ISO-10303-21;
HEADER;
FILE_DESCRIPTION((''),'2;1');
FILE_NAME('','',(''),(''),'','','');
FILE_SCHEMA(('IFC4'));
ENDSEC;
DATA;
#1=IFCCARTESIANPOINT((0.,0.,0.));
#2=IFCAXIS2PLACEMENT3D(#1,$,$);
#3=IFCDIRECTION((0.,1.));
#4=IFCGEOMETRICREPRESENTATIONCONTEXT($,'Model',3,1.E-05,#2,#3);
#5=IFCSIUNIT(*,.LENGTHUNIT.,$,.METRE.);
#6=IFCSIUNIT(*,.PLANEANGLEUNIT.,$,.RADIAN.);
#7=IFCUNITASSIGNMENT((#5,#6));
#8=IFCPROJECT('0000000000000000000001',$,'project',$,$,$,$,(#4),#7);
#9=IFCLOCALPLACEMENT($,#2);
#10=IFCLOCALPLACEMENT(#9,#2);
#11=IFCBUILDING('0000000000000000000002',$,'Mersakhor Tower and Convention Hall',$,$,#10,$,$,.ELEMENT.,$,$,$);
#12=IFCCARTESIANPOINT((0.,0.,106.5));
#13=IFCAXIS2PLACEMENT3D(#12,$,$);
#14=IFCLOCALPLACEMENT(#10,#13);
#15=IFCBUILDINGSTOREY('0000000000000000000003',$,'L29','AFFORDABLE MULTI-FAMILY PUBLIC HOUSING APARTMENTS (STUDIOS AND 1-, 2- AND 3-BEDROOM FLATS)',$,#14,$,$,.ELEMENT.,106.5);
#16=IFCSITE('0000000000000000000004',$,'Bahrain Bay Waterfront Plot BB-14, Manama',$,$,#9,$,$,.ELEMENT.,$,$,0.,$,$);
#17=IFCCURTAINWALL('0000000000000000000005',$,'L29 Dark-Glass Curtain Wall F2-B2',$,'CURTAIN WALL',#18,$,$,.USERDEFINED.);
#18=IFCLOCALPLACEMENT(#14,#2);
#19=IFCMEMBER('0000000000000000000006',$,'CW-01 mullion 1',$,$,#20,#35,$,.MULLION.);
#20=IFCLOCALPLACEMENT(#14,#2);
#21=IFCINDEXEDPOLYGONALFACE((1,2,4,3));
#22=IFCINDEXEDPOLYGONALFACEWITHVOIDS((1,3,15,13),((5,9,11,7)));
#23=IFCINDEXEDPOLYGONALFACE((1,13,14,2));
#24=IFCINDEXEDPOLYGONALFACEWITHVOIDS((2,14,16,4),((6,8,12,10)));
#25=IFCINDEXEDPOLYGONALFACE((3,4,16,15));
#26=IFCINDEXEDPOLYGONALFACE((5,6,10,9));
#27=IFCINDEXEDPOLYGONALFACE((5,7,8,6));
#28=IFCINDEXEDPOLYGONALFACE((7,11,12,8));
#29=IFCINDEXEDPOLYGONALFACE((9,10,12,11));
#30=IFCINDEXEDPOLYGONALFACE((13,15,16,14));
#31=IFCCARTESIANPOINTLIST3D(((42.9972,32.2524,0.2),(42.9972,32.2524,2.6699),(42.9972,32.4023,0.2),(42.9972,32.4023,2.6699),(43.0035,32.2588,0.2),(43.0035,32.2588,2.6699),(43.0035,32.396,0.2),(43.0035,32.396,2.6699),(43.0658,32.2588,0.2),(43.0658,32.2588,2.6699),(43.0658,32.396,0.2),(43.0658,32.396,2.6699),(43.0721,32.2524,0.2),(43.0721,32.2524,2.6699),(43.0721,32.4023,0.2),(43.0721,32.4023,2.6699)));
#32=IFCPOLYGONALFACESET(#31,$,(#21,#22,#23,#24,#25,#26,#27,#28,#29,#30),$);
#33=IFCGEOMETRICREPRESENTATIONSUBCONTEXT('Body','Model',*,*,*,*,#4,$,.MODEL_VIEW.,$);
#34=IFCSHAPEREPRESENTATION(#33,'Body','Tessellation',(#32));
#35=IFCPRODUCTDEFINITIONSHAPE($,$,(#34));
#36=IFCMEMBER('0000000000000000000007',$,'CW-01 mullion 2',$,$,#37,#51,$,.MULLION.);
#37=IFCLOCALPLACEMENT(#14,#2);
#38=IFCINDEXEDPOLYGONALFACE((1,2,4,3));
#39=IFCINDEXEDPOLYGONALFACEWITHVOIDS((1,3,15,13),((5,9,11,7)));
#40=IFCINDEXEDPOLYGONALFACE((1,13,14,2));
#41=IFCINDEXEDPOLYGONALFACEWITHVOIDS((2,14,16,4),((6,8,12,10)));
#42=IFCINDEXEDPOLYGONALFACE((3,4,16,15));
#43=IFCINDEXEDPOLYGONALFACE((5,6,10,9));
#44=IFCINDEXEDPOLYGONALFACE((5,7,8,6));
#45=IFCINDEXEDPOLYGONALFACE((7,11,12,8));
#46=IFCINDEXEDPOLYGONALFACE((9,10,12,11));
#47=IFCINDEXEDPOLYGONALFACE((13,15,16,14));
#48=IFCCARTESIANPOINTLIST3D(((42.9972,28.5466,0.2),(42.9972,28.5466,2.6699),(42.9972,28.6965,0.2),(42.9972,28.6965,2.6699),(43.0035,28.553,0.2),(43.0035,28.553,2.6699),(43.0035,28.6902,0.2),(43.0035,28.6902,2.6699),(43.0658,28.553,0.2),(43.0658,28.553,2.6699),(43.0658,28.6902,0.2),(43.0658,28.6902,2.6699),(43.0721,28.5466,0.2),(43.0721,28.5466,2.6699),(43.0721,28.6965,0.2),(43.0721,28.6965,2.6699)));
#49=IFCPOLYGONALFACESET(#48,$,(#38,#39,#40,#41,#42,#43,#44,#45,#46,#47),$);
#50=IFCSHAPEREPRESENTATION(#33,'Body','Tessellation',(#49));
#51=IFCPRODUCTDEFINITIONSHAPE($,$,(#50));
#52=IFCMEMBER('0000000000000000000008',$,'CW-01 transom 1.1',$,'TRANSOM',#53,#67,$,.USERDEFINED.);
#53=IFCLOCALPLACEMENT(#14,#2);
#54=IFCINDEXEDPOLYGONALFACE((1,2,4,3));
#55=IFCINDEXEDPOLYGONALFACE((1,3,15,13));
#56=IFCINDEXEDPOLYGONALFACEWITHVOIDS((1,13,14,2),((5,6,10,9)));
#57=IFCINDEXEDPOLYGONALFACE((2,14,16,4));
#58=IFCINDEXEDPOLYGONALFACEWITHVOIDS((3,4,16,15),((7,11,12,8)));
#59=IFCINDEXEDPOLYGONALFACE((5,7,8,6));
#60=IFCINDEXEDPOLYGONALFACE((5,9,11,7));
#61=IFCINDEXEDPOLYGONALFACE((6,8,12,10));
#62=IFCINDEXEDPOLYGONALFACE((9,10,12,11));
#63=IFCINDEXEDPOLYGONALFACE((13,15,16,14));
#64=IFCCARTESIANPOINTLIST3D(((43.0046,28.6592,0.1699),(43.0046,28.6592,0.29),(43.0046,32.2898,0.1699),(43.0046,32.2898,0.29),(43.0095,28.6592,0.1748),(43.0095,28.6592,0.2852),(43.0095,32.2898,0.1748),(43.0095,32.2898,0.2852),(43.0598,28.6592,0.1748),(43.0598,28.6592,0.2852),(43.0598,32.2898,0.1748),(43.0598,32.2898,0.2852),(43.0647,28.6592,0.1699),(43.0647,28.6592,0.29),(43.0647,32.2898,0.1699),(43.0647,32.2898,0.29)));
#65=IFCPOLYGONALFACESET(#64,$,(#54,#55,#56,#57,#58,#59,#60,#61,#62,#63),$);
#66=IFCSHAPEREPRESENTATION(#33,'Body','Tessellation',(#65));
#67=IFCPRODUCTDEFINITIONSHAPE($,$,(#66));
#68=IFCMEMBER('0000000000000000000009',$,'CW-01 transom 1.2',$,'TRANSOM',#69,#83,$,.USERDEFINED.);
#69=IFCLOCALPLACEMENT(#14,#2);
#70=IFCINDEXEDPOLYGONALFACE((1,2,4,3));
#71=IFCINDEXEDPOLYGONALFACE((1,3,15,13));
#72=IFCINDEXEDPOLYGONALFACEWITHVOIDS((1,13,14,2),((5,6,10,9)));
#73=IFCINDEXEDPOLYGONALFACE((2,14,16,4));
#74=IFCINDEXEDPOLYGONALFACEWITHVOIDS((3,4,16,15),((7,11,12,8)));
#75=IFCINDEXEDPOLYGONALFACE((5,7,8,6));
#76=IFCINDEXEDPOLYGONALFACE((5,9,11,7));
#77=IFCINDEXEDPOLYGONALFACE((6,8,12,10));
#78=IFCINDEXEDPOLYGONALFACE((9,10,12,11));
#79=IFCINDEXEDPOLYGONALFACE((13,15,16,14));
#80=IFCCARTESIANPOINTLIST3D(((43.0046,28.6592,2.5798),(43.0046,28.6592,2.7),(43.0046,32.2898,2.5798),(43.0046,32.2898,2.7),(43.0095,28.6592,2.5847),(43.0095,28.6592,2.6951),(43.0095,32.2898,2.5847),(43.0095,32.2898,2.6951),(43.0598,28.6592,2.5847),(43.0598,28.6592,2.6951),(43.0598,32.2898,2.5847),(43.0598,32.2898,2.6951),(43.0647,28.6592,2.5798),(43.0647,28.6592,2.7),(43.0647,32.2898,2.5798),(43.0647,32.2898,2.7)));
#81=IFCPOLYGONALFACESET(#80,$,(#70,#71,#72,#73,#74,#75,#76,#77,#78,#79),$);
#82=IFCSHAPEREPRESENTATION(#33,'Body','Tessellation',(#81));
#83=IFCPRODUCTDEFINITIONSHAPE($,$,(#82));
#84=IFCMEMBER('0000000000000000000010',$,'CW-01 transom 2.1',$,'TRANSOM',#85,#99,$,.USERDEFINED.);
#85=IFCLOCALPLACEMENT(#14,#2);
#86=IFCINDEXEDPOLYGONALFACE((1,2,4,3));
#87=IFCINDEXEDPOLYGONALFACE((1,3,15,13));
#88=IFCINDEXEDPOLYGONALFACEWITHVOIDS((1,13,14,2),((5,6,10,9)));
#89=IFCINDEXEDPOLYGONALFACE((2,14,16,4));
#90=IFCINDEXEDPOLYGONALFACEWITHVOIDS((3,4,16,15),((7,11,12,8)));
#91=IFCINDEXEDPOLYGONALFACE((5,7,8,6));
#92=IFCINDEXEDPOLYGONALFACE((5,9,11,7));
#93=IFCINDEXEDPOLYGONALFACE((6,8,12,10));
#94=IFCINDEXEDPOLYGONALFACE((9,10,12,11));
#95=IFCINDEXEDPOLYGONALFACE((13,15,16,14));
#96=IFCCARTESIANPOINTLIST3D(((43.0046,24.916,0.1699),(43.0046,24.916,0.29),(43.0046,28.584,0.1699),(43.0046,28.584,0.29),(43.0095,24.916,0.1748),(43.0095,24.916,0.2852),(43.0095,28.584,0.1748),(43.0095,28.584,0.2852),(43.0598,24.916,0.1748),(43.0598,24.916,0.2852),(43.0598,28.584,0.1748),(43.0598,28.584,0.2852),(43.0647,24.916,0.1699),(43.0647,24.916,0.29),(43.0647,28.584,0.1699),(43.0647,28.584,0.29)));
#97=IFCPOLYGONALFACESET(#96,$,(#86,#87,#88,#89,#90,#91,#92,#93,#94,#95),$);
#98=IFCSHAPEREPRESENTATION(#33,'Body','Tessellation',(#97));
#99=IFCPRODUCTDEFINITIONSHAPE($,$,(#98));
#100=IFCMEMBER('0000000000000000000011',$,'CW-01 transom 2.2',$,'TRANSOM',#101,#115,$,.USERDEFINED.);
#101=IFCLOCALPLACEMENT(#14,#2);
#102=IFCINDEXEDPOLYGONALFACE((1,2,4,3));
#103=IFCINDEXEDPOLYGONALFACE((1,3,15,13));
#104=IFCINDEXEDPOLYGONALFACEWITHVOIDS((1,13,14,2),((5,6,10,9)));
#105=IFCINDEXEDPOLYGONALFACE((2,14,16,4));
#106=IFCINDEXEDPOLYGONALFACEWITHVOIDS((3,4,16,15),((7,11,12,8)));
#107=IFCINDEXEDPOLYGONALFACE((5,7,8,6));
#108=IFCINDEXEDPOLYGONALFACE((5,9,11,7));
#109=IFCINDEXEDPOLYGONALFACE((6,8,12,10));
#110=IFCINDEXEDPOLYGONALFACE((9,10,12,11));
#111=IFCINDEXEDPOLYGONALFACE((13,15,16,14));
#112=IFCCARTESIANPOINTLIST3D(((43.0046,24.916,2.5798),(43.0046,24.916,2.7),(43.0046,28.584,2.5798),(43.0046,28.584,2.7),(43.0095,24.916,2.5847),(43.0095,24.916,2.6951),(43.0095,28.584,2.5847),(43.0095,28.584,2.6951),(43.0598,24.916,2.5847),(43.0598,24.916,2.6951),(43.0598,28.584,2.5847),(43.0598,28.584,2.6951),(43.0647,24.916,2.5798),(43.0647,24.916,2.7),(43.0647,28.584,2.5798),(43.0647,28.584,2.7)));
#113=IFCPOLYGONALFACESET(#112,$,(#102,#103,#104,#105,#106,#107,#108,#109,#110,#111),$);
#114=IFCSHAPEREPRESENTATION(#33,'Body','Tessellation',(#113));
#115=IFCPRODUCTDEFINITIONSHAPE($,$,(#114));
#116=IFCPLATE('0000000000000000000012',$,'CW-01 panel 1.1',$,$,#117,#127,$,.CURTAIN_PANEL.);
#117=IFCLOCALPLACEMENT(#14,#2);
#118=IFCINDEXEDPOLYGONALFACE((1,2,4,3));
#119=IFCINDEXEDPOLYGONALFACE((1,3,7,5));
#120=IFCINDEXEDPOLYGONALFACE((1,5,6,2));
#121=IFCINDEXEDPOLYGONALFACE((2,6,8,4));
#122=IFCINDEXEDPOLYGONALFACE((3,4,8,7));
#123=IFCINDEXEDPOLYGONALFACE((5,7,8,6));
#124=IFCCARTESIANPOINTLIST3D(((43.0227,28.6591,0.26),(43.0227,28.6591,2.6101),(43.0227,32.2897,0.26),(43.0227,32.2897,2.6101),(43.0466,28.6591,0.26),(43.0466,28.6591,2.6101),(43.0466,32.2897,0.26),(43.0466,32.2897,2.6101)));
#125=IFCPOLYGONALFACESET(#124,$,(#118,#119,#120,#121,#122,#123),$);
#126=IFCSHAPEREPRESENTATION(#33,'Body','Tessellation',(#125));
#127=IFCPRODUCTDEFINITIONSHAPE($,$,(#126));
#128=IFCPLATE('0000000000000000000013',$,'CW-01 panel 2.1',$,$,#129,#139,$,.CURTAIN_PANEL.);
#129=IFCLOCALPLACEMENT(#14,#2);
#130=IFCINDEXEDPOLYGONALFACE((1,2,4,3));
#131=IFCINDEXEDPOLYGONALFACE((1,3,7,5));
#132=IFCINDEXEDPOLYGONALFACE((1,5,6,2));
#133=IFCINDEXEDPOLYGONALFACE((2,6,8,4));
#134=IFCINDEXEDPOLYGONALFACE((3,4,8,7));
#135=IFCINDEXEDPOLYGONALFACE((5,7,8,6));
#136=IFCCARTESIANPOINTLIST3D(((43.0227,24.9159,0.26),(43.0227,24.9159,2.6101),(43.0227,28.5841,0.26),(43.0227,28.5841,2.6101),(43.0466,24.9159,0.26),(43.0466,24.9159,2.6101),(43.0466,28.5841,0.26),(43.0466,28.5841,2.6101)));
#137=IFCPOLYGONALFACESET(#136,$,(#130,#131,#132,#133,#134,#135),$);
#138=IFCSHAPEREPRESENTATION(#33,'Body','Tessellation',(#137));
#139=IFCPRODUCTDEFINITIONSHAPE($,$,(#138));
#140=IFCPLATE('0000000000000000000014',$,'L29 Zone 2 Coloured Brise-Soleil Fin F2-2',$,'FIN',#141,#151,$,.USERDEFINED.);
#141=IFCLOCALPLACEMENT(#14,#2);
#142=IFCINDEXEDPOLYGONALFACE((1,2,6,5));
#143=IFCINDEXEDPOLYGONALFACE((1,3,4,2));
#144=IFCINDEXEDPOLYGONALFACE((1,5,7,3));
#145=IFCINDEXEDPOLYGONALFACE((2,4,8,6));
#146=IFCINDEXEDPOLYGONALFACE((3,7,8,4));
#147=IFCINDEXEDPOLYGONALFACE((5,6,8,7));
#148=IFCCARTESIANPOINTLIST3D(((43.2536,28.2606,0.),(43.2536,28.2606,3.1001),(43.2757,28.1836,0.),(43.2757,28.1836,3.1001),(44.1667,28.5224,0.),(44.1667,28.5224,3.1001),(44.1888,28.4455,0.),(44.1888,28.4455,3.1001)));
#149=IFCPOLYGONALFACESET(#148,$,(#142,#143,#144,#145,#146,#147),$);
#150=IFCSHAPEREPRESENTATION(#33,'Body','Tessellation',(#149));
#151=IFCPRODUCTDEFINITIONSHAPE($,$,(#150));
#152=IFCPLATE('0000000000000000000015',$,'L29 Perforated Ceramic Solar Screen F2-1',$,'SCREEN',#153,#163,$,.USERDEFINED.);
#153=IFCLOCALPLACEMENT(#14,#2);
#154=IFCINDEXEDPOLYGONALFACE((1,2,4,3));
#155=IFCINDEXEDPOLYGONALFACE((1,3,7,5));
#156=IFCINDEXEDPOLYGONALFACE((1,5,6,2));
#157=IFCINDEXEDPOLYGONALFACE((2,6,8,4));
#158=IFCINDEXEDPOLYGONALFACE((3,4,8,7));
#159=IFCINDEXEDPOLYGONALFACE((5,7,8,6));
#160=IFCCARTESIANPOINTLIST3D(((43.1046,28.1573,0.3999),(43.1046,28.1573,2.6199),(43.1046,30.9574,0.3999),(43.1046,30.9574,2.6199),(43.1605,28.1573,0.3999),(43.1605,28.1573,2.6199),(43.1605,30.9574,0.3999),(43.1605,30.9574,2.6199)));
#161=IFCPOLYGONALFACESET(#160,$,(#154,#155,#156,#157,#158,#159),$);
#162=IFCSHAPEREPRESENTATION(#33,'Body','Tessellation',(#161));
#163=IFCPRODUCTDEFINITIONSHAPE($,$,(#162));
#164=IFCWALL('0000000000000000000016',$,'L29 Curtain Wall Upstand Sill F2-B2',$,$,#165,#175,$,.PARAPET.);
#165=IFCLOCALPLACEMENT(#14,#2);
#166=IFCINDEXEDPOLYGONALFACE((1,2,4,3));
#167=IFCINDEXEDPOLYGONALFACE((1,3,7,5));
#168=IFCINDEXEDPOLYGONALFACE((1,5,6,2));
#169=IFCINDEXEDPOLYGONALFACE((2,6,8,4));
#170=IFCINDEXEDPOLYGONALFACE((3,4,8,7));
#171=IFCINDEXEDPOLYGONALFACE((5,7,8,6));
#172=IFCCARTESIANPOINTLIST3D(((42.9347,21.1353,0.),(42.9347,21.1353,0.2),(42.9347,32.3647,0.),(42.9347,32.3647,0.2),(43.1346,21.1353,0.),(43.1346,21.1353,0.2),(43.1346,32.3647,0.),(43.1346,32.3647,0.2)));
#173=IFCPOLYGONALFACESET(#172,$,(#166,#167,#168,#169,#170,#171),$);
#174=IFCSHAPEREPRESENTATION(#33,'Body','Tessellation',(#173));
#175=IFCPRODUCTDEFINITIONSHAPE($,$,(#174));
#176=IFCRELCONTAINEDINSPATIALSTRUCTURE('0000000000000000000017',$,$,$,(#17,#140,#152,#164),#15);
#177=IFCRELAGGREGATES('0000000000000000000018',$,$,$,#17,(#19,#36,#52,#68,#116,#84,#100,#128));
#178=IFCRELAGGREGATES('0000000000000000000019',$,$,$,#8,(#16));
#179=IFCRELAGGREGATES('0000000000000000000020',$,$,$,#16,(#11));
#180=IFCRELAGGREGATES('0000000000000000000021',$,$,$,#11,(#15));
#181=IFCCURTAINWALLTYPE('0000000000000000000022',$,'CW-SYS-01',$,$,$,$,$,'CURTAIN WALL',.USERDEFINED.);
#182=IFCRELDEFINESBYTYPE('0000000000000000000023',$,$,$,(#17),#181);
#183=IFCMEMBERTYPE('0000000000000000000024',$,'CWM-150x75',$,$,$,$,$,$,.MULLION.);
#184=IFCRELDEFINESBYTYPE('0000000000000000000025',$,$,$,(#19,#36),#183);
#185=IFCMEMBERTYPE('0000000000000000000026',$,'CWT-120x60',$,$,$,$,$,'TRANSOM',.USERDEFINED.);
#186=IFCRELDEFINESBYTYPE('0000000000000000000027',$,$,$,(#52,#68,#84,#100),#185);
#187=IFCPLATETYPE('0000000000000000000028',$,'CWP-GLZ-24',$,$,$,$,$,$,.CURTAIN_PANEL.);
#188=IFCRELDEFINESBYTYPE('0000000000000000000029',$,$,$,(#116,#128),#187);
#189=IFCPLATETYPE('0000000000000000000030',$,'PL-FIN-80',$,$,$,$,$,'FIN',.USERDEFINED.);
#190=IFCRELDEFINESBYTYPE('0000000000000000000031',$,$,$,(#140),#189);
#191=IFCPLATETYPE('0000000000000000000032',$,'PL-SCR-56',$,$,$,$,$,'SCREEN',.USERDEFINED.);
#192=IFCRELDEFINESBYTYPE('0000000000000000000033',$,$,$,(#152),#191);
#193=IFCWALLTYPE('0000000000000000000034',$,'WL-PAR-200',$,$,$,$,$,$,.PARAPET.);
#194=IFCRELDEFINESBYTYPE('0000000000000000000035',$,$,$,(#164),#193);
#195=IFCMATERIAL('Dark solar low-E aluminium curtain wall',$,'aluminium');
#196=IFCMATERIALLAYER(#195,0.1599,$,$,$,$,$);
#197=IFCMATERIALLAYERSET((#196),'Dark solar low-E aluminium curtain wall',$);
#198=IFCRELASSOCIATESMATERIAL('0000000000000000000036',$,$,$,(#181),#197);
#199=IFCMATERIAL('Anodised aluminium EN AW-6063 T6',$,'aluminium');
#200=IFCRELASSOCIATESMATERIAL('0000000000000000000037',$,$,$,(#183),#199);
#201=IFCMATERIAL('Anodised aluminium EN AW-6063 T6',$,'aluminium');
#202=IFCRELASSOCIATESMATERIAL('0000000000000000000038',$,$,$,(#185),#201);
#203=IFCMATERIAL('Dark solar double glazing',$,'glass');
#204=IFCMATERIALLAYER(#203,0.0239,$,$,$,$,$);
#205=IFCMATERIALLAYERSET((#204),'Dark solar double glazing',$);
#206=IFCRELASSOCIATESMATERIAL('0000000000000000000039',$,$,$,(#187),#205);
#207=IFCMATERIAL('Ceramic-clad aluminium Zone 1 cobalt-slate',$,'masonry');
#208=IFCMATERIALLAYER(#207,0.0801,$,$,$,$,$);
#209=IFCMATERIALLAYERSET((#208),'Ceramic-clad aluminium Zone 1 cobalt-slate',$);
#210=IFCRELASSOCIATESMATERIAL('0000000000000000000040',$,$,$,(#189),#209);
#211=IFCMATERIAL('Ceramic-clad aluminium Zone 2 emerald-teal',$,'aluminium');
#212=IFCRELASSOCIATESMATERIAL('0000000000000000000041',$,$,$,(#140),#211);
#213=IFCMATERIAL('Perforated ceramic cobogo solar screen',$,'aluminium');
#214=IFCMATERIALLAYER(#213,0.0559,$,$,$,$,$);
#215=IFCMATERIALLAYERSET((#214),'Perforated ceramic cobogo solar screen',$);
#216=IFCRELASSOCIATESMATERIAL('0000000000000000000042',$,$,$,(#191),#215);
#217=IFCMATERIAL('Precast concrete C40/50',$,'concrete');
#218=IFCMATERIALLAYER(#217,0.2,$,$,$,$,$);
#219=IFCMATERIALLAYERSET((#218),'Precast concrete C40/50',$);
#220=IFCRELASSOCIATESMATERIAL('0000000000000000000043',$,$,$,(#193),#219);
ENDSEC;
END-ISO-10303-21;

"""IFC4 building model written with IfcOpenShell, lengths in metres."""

from ifc_helpers import new_model, si_unit, direction, frame, frame_2d, origin, origin_2d, place, context, subcontext, project, spatial, rectangle, hollow_rectangle, extrude, material, layer, layer_set, material_profile, profile_set, type_object, element, aggregate, save


model = new_model("IFC4")

# Units and contexts
model_context = context("Model", 3, precision=1e-05, world=origin(), true_north=direction((0.0, 1.0)))
body_context = subcontext(model_context, "Body", "Model", "MODEL_VIEW")
ifc_project = project(units=[si_unit("LENGTHUNIT", "METRE"), si_unit("PLANEANGLEUNIT", "RADIAN")], contexts=[model_context])

# Site, building, storey
site_placement = place(None, origin())
site = spatial("IfcSite", under=ifc_project, at=site_placement, Name="Bahrain Bay Waterfront Plot BB-14, Manama", CompositionType="ELEMENT", RefElevation=0.0)
building_placement = place(site_placement, origin())
building = spatial("IfcBuilding", under=site, at=building_placement, Name="Mersakhor Tower and Convention Hall", CompositionType="ELEMENT")
storey_placement = place(building_placement, frame((0.0, 0.0, 106.5)))
storey = spatial("IfcBuildingStorey", under=building, at=storey_placement, Name="L29", Description="AFFORDABLE MULTI-FAMILY PUBLIC HOUSING APARTMENTS (STUDIOS AND 1-, 2- AND 3-BEDROOM FLATS)", CompositionType="ELEMENT", Elevation=106.5)

# Curtain wall, members, plates
ifc_material_1 = material(Name="Dark solar low-E aluminium curtain wall", Category="aluminium")
ifc_layer_1 = layer(ifc_material_1, 0.1599)
ifc_layer_set_1 = layer_set([ifc_layer_1], Name="Dark solar low-E aluminium curtain wall")
curtain_wall_type = type_object("IfcCurtainWallType", Name="CW-SYS-01", ElementType="CURTAIN WALL", PredefinedType="USERDEFINED", material=ifc_layer_set_1)
curtain_wall_placement = place(storey_placement, origin())
curtain_wall = element("IfcCurtainWall", 1, at=curtain_wall_placement, inside=storey, type_object=curtain_wall_type, Name="L29 Dark-Glass Curtain Wall F2-B2", ObjectType="CURTAIN WALL", PredefinedType="USERDEFINED")
ifc_material_2 = material(Name="Anodised aluminium EN AW-6063 T6", Category="aluminium")
ifc_material_profile_1 = material_profile(ifc_material_2, hollow_rectangle(XDim=0.075, YDim=0.1499, WallThickness=0.0063, at=origin_2d()), Name="RHS 150x75x6.3")
ifc_profile_set_1 = profile_set([ifc_material_profile_1], Name="Anodised aluminium EN AW-6063 T6")
member_type_1 = type_object("IfcMemberType", Name="CWM-150x75", PredefinedType="MULLION", material=ifc_profile_set_1)
member_1_placement = place(storey_placement, frame((43.0347, 32.3274, 0.2), z_axis=(0.0, 0.0, 1.0), x_axis=(1.0, 0.0, 0.0)))
member_1 = element("IfcMember", 2, at=member_1_placement, type_object=member_type_1, Name="CW-01 mullion 1", PredefinedType="MULLION", context=body_context, shape_type="SweptSolid", body=[
    extrude(hollow_rectangle(XDim=0.075, YDim=0.1499, WallThickness=0.0063, at=origin_2d()), origin(), (0.0, 0.0, 1.0), 2.47),
])
member_2_placement = place(storey_placement, frame((43.0347, 28.6216, 0.2), z_axis=(0.0, 0.0, 1.0), x_axis=(1.0, 0.0, 0.0)))
member_2 = element("IfcMember", 3, at=member_2_placement, type_object=member_type_1, Name="CW-01 mullion 2", PredefinedType="MULLION", context=body_context, shape_type="SweptSolid", body=[
    extrude(hollow_rectangle(XDim=0.075, YDim=0.1499, WallThickness=0.0063, at=origin_2d()), origin(), (0.0, 0.0, 1.0), 2.47),
])
ifc_material_3 = material(Name="Anodised aluminium EN AW-6063 T6", Category="aluminium")
ifc_material_profile_2 = material_profile(ifc_material_3, hollow_rectangle(XDim=0.0601, YDim=0.1201, WallThickness=0.0049, at=origin_2d()), Name="RHS 120x60x5")
ifc_profile_set_2 = profile_set([ifc_material_profile_2], Name="Anodised aluminium EN AW-6063 T6")
member_type_2 = type_object("IfcMemberType", Name="CWT-120x60", ElementType="TRANSOM", PredefinedType="USERDEFINED", material=ifc_profile_set_2)
member_3_placement = place(storey_placement, frame((43.0347, 32.2898, 0.23), z_axis=(0.0, -1.0, 0.0), x_axis=(1.0, 0.0, 0.0)))
member_3 = element("IfcMember", 4, at=member_3_placement, type_object=member_type_2, Name="CW-01 transom 1.1", ObjectType="TRANSOM", PredefinedType="USERDEFINED", context=body_context, shape_type="SweptSolid", body=[
    extrude(hollow_rectangle(XDim=0.0601, YDim=0.1201, WallThickness=0.0049, at=origin_2d()), origin(), (0.0, 0.0, 1.0), 3.6306),
])
member_4_placement = place(storey_placement, frame((43.0347, 32.2898, 2.6399), z_axis=(0.0, -1.0, 0.0), x_axis=(1.0, 0.0, 0.0)))
member_4 = element("IfcMember", 5, at=member_4_placement, type_object=member_type_2, Name="CW-01 transom 1.2", ObjectType="TRANSOM", PredefinedType="USERDEFINED", context=body_context, shape_type="SweptSolid", body=[
    extrude(hollow_rectangle(XDim=0.0601, YDim=0.1201, WallThickness=0.0049, at=origin_2d()), origin(), (0.0, 0.0, 1.0), 3.6306),
])
member_5_placement = place(storey_placement, frame((43.0347, 28.584, 0.23), z_axis=(0.0, -1.0, 0.0), x_axis=(1.0, 0.0, 0.0)))
member_5 = element("IfcMember", 6, at=member_5_placement, type_object=member_type_2, Name="CW-01 transom 2.1", ObjectType="TRANSOM", PredefinedType="USERDEFINED", context=body_context, shape_type="SweptSolid", body=[
    extrude(hollow_rectangle(XDim=0.0601, YDim=0.1201, WallThickness=0.0049, at=origin_2d()), origin(), (0.0, 0.0, 1.0), 3.668),
])
member_6_placement = place(storey_placement, frame((43.0347, 28.584, 2.6399), z_axis=(0.0, -1.0, 0.0), x_axis=(1.0, 0.0, 0.0)))
member_6 = element("IfcMember", 7, at=member_6_placement, type_object=member_type_2, Name="CW-01 transom 2.2", ObjectType="TRANSOM", PredefinedType="USERDEFINED", context=body_context, shape_type="SweptSolid", body=[
    extrude(hollow_rectangle(XDim=0.0601, YDim=0.1201, WallThickness=0.0049, at=origin_2d()), origin(), (0.0, 0.0, 1.0), 3.668),
])
ifc_material_4 = material(Name="Dark solar double glazing", Category="glass")
ifc_layer_2 = layer(ifc_material_4, 0.0239)
ifc_layer_set_2 = layer_set([ifc_layer_2], Name="Dark solar double glazing")
plate_type_1 = type_object("IfcPlateType", Name="CWP-GLZ-24", PredefinedType="CURTAIN_PANEL", material=ifc_layer_set_2)
plate_1_placement = place(storey_placement, frame((43.0347, 30.4744, 0.26), z_axis=(0.0, 0.0, 1.0), x_axis=(0.0, -1.0, 0.0)))
plate_1 = element("IfcPlate", 8, at=plate_1_placement, type_object=plate_type_1, Name="CW-01 panel 1.1", PredefinedType="CURTAIN_PANEL", context=body_context, shape_type="SweptSolid", body=[
    extrude(rectangle(XDim=3.6306, YDim=0.0239, at=origin_2d()), origin(), (0.0, 0.0, 1.0), 2.3501),
])
plate_2_placement = place(storey_placement, frame((43.0347, 26.75, 0.26), z_axis=(0.0, 0.0, 1.0), x_axis=(0.0, -1.0, 0.0)))
plate_2 = element("IfcPlate", 9, at=plate_2_placement, type_object=plate_type_1, Name="CW-01 panel 2.1", PredefinedType="CURTAIN_PANEL", context=body_context, shape_type="SweptSolid", body=[
    extrude(rectangle(XDim=3.6682, YDim=0.0239, at=origin_2d()), origin(), (0.0, 0.0, 1.0), 2.3501),
])
aggregate(curtain_wall, [member_1, member_2, member_3, member_4, plate_1, member_5, member_6, plate_2])

# Plates
ifc_material_5 = material(Name="Ceramic-clad aluminium Zone 2 emerald-teal", Category="aluminium")
ifc_material_6 = material(Name="Ceramic-clad aluminium Zone 1 cobalt-slate", Category="masonry")
ifc_layer_3 = layer(ifc_material_6, 0.0801)
ifc_layer_set_3 = layer_set([ifc_layer_3], Name="Ceramic-clad aluminium Zone 1 cobalt-slate")
plate_type_2 = type_object("IfcPlateType", Name="PL-FIN-80", ElementType="FIN", PredefinedType="USERDEFINED", material=ifc_layer_set_3)
plate_3_placement = place(storey_placement, frame((43.7212, 28.353, 0.0), z_axis=(0.0, 0.0, 1.0), x_axis=(0.961262, 0.275637, 0.0)))
element("IfcPlate", 10, at=plate_3_placement, inside=storey, type_object=plate_type_2, material=ifc_material_5, Name="L29 Zone 2 Coloured Brise-Soleil Fin F2-2", ObjectType="FIN", PredefinedType="USERDEFINED", context=body_context, shape_type="SweptSolid", body=[
    extrude(rectangle(XDim=0.95, YDim=0.0801, at=origin_2d()), origin(), (0.0, 0.0, 1.0), 3.1001),
])
ifc_material_7 = material(Name="Perforated ceramic cobogo solar screen", Category="aluminium")
ifc_layer_4 = layer(ifc_material_7, 0.0559)
ifc_layer_set_4 = layer_set([ifc_layer_4], Name="Perforated ceramic cobogo solar screen")
plate_type_3 = type_object("IfcPlateType", Name="PL-SCR-56", ElementType="SCREEN", PredefinedType="USERDEFINED", material=ifc_layer_set_4)
plate_4_placement = place(storey_placement, frame((43.1326, 29.5574, 0.3999), z_axis=(0.0, 0.0, 1.0), x_axis=(0.0, -1.0, 0.0)))
element("IfcPlate", 11, at=plate_4_placement, inside=storey, type_object=plate_type_3, Name="L29 Perforated Ceramic Solar Screen F2-1", ObjectType="SCREEN", PredefinedType="USERDEFINED", context=body_context, shape_type="SweptSolid", body=[
    extrude(rectangle(XDim=2.8, YDim=0.0559, at=origin_2d()), origin(), (0.0, 0.0, 1.0), 2.22),
])

# Wall
ifc_material_8 = material(Name="Precast concrete C40/50", Category="concrete")
ifc_layer_5 = layer(ifc_material_8, 0.2)
ifc_layer_set_5 = layer_set([ifc_layer_5], Name="Precast concrete C40/50")
wall_type_1 = type_object("IfcWallType", Name="WL-PAR-200", PredefinedType="PARAPET", material=ifc_layer_set_5)
wall_1_placement = place(storey_placement, frame((43.0347, 32.3647, 0.0), z_axis=(0.0, 0.0, 1.0), x_axis=(0.0, -1.0, 0.0)))
element("IfcWall", 12, at=wall_1_placement, inside=storey, type_object=wall_type_1, Name="L29 Curtain Wall Upstand Sill F2-B2", PredefinedType="PARAPET", context=body_context, shape_type="SweptSolid", body=[
    extrude(rectangle(XDim=11.2295, YDim=0.2, at=frame_2d((5.6147, 0.0))), origin(), (0.0, 0.0, 1.0), 0.2),
])

save(model, "model.ifc")
